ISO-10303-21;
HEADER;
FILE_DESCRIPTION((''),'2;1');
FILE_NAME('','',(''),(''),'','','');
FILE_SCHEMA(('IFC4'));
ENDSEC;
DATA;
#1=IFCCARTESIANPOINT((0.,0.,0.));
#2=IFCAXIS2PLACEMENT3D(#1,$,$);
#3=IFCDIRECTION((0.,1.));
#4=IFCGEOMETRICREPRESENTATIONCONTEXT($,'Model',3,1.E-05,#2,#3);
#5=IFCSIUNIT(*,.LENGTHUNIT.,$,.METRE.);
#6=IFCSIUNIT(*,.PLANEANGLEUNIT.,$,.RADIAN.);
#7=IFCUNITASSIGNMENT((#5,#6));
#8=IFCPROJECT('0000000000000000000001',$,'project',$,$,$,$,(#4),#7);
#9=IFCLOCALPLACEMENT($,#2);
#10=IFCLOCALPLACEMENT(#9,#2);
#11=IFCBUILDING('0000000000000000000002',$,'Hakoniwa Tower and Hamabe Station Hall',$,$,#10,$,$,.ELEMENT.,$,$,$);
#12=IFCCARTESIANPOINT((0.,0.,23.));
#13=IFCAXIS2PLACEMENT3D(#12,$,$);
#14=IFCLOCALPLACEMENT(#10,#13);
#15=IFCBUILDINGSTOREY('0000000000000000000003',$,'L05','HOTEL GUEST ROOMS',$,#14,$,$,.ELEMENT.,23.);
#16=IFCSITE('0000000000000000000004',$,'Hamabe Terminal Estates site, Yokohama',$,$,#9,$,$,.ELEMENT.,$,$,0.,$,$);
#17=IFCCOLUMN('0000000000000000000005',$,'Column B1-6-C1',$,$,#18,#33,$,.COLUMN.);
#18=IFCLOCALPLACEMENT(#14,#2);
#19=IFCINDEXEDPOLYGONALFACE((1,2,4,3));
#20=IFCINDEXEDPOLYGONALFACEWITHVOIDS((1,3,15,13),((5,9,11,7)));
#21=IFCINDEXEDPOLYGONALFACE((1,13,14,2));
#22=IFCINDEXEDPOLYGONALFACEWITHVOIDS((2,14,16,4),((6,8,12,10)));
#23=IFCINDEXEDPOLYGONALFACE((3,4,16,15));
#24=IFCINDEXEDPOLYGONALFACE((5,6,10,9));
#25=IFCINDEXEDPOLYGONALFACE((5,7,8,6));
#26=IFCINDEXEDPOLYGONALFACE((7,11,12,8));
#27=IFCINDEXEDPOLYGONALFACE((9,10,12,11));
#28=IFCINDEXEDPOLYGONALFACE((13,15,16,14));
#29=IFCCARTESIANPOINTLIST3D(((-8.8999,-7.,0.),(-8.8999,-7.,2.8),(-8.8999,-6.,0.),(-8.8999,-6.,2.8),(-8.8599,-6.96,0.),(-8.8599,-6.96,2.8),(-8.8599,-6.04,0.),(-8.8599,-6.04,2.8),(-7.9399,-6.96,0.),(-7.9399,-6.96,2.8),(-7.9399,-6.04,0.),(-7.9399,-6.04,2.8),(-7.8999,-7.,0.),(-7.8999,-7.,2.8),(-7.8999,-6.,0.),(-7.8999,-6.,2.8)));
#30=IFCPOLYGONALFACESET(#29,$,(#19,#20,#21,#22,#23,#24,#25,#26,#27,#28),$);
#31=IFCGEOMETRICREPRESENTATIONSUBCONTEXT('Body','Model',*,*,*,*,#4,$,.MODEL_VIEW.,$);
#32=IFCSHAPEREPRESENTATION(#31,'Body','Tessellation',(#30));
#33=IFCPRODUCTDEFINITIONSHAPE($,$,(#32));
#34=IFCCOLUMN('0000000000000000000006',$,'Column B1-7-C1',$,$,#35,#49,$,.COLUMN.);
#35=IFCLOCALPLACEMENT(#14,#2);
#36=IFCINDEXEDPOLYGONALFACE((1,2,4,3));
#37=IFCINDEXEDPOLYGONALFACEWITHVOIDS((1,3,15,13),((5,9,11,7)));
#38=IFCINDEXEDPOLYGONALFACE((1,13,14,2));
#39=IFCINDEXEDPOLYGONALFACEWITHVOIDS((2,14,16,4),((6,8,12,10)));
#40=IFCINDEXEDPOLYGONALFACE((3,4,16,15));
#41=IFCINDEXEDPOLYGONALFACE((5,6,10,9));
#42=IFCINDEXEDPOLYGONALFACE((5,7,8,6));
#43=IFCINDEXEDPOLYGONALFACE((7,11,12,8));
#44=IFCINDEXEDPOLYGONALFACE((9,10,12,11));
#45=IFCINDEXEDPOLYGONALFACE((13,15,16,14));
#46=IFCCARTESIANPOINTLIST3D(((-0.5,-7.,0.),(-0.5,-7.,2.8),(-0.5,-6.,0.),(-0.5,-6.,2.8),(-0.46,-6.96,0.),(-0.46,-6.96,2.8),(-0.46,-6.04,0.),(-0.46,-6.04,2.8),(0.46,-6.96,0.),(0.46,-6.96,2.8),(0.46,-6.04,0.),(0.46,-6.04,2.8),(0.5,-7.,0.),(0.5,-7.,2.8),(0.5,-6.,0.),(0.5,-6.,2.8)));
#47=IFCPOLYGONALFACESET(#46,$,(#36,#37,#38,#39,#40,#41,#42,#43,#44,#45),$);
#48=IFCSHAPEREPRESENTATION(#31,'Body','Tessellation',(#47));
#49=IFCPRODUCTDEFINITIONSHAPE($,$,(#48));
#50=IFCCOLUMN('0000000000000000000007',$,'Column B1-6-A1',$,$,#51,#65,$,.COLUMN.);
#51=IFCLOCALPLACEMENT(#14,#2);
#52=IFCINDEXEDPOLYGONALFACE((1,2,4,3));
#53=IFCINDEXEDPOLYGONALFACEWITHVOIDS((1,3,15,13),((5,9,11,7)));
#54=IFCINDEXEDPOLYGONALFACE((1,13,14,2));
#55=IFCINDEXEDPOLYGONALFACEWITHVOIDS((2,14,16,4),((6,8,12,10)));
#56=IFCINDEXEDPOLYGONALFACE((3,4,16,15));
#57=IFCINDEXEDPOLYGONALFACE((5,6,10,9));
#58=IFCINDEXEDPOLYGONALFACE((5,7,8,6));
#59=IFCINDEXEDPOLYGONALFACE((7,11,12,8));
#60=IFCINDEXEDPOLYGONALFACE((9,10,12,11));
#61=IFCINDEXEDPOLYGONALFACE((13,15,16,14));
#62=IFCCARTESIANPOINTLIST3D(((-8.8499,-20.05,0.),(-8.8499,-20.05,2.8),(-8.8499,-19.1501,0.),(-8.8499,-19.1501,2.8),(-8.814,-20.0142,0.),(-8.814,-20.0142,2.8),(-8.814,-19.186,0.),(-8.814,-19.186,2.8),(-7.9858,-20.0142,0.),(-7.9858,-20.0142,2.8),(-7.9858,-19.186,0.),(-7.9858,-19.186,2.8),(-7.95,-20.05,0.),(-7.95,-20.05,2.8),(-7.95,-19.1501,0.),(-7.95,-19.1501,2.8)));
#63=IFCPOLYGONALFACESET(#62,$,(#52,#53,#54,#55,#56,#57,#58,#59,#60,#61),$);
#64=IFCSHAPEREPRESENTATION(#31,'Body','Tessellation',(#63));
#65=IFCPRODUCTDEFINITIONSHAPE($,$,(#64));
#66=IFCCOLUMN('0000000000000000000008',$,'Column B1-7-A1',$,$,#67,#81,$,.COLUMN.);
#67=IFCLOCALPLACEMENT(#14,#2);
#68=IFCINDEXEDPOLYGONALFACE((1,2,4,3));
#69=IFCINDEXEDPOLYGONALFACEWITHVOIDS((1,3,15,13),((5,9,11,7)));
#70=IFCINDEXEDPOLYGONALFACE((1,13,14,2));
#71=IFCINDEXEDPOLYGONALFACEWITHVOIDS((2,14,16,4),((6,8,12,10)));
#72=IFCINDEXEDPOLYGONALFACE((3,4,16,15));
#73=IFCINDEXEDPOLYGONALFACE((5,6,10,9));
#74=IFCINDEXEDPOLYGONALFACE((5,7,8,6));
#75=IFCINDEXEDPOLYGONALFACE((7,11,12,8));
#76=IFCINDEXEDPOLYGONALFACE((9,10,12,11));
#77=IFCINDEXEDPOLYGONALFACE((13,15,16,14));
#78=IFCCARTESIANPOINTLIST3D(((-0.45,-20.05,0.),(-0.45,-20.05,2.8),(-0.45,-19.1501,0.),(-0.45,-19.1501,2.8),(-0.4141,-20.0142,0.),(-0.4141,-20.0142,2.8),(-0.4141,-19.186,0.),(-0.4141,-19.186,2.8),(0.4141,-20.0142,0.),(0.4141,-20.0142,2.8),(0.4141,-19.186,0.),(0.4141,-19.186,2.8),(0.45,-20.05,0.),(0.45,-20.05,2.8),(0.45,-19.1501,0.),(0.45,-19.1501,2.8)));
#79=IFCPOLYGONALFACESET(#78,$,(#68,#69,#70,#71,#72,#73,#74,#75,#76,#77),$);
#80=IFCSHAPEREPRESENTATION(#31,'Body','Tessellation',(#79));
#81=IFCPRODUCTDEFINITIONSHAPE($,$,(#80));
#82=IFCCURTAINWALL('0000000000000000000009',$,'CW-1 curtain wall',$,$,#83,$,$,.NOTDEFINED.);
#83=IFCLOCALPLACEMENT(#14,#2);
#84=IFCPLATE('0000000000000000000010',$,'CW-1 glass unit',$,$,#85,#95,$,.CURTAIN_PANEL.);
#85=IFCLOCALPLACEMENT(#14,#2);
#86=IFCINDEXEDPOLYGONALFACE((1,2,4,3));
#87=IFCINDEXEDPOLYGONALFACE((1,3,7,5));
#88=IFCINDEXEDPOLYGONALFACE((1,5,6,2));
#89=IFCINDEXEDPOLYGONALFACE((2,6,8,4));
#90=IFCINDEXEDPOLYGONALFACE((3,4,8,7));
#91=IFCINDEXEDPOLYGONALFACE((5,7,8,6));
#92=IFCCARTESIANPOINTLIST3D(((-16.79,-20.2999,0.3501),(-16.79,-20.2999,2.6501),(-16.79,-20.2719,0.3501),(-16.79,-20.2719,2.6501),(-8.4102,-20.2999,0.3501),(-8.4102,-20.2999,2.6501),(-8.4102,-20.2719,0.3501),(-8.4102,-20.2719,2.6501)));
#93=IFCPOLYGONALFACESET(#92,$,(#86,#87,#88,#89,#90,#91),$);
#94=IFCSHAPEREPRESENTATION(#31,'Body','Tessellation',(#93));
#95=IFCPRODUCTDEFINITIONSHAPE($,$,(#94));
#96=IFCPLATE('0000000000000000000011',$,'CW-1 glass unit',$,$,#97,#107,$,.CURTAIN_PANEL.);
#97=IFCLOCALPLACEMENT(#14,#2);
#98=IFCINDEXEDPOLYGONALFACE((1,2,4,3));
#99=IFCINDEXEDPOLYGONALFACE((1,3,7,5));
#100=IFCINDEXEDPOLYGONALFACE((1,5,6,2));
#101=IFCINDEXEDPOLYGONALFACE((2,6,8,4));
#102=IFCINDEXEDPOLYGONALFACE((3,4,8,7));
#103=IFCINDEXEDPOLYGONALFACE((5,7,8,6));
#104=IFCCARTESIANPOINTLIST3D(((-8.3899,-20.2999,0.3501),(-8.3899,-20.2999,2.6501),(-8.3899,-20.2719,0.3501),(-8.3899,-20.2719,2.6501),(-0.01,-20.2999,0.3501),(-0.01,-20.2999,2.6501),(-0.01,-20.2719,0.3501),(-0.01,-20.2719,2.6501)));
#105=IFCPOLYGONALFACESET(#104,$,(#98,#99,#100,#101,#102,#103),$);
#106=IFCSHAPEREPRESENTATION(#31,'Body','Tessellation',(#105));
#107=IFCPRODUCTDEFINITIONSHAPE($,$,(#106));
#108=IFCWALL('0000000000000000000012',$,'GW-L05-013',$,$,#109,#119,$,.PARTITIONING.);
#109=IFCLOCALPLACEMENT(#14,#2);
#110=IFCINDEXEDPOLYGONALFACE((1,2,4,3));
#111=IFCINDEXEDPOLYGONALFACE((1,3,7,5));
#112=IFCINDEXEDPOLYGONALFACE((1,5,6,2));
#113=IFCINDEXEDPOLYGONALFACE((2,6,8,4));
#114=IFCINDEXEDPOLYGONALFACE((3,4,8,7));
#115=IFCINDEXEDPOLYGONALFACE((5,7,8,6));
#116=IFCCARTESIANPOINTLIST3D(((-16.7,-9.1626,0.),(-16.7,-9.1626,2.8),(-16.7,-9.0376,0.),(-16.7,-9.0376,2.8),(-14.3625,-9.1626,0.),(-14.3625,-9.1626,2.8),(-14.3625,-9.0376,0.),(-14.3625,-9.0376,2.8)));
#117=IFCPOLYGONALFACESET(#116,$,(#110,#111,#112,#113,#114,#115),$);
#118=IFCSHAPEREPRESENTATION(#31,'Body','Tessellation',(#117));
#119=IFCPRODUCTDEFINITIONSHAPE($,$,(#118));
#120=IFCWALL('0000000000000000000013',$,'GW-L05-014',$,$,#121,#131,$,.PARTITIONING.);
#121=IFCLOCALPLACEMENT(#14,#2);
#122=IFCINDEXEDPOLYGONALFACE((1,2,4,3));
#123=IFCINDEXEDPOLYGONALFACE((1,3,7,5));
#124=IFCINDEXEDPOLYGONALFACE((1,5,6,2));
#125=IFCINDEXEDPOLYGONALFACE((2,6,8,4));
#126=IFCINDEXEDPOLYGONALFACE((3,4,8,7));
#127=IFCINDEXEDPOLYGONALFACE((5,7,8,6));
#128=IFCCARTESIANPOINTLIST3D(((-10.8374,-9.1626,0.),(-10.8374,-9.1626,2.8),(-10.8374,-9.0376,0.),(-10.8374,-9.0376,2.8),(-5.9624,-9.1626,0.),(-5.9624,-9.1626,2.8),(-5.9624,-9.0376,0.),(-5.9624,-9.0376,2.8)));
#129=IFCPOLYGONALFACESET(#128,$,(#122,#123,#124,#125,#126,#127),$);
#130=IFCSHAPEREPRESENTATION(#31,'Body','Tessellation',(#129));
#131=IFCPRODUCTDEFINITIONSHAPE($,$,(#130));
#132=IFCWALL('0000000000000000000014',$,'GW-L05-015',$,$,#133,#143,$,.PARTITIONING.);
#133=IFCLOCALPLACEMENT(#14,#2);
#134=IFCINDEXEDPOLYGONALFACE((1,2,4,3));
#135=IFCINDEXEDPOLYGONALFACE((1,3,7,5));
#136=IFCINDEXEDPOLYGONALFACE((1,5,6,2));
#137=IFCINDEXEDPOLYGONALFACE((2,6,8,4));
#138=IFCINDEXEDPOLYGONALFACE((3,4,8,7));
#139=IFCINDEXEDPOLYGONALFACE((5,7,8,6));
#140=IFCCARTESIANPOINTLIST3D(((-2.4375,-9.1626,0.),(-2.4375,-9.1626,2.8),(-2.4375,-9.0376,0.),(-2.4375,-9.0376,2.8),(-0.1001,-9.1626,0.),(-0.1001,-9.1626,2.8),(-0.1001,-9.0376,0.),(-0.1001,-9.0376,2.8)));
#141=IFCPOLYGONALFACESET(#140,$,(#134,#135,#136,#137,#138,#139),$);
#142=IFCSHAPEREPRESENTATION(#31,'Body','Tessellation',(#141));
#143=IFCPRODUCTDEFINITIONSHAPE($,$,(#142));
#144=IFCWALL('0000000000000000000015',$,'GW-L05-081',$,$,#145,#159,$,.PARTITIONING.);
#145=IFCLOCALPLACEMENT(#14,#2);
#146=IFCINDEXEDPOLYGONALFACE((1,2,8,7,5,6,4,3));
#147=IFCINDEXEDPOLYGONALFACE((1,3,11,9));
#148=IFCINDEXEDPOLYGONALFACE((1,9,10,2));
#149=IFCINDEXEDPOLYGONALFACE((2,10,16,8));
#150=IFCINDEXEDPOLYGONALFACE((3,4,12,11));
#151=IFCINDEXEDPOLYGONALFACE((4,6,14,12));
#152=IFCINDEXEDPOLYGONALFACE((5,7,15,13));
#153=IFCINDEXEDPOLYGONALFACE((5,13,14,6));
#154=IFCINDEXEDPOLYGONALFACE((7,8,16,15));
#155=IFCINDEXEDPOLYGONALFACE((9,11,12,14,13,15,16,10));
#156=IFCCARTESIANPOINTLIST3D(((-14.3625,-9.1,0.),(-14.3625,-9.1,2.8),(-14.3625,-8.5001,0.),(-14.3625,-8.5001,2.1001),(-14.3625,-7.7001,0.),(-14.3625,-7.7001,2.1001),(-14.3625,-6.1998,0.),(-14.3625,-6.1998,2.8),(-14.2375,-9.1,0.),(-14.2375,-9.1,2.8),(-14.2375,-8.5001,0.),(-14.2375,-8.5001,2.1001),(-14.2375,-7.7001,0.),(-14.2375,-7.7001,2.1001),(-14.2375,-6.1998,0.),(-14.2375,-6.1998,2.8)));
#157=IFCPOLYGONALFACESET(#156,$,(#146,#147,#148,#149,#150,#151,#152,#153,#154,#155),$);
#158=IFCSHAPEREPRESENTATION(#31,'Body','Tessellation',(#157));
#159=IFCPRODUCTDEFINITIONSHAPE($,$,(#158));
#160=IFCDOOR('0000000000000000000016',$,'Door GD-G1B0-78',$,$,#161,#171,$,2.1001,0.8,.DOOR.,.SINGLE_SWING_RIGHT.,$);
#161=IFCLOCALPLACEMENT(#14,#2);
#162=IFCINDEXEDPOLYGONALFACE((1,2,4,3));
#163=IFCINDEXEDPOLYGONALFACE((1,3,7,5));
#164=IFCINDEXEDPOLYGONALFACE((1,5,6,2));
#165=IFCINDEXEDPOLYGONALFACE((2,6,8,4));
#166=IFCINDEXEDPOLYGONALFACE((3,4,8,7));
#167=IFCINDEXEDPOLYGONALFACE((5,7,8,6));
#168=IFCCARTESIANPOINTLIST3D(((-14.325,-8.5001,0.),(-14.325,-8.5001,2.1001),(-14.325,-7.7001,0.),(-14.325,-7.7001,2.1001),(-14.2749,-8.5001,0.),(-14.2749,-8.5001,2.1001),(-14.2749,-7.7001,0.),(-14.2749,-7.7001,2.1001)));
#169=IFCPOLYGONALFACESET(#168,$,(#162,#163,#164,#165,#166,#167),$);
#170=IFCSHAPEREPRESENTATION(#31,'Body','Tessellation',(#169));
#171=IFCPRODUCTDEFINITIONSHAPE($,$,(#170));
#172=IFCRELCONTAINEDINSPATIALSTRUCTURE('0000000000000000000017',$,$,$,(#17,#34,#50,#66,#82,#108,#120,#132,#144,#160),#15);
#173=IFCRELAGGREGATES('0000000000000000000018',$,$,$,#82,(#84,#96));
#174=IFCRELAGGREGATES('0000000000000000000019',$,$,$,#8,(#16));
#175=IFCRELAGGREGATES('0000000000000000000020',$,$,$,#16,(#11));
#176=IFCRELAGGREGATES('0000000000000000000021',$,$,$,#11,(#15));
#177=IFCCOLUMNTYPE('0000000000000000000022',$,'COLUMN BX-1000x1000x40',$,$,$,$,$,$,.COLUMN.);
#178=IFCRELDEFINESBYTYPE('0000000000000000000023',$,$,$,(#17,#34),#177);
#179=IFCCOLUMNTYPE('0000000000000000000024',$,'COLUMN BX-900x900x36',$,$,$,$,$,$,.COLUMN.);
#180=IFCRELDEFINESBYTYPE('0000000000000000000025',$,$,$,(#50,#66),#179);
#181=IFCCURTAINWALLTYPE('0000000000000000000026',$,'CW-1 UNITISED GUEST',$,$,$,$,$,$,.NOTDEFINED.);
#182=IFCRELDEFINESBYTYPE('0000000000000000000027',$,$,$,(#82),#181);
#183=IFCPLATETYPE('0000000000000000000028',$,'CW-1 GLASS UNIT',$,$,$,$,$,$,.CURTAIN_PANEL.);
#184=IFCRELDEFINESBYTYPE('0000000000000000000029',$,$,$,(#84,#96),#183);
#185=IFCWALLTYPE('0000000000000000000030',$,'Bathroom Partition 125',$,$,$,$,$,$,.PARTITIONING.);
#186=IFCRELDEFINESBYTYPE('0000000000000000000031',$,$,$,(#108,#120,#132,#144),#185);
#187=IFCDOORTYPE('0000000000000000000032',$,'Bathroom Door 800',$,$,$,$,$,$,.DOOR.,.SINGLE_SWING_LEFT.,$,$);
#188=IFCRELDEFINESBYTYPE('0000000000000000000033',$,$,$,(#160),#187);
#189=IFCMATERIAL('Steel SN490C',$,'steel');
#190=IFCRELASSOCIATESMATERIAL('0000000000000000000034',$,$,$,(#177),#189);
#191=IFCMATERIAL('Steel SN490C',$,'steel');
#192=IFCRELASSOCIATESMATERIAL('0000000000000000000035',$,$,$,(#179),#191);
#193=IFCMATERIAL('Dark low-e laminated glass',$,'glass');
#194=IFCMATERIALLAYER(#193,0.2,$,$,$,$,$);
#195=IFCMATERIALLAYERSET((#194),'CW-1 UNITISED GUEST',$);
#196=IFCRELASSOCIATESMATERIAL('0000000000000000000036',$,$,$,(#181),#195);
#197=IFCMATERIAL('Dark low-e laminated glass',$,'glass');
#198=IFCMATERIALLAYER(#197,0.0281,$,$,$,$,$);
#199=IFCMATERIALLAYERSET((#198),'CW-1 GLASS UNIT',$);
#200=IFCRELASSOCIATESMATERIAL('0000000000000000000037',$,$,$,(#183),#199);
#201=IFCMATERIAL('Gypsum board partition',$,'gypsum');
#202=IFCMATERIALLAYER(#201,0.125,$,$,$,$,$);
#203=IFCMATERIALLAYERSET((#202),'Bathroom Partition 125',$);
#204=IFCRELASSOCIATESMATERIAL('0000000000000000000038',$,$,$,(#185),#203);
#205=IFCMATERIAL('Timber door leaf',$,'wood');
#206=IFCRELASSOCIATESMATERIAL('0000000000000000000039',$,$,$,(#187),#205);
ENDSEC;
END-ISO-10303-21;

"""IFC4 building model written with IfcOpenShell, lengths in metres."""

from ifc_helpers import new_model, si_unit, direction, frame, frame_2d, origin, origin_2d, place, context, subcontext, project, spatial, rectangle, hollow_rectangle, extrude, material, layer, layer_set, material_profile, profile_set, type_object, element, fill, aggregate, save


model = new_model("IFC4")

# Units and contexts
model_context = context("Model", 3, precision=1e-05, world=origin(), true_north=direction((0.0, 1.0)))
body_context = subcontext(model_context, "Body", "Model", "MODEL_VIEW")
ifc_project = project(units=[si_unit("LENGTHUNIT", "METRE"), si_unit("PLANEANGLEUNIT", "RADIAN")], contexts=[model_context])

# Site, building, storey
site_placement = place(None, origin())
site = spatial("IfcSite", under=ifc_project, at=site_placement, Name="Hamabe Terminal Estates site, Yokohama", CompositionType="ELEMENT", RefElevation=0.0)
building_placement = place(site_placement, origin())
building = spatial("IfcBuilding", under=site, at=building_placement, Name="Hakoniwa Tower and Hamabe Station Hall", CompositionType="ELEMENT")
storey_placement = place(building_placement, frame((0.0, 0.0, 23.0)))
storey = spatial("IfcBuildingStorey", under=building, at=storey_placement, Name="L05", Description="HOTEL GUEST ROOMS", CompositionType="ELEMENT", Elevation=23.0)

# Columns
ifc_material_1 = material(Name="Steel SN490C", Category="steel")
ifc_material_profile_1 = material_profile(ifc_material_1, hollow_rectangle(XDim=1.0, YDim=1.0, WallThickness=0.04, at=origin_2d()), Name="BX-1000x1000x40")
ifc_profile_set_1 = profile_set([ifc_material_profile_1], Name="Steel SN490C")
column_type_1 = type_object("IfcColumnType", Name="COLUMN BX-1000x1000x40", PredefinedType="COLUMN", material=ifc_profile_set_1)
for number, where, z_axis, x_axis, name in (
    (1, (-8.3999, -6.5, 0.0), (0.0, 0.0, 1.0), (1.0, 0.0, 0.0), "Column B1-6-C1"),
    (2, (0.0, -6.5, 0.0), (0.0, 0.0, 1.0), (1.0, 0.0, 0.0), "Column B1-7-C1"),
):
    element("IfcColumn", number, at=place(storey_placement, frame(where, z_axis=z_axis, x_axis=x_axis)), inside=storey, type_object=column_type_1, Name=name, PredefinedType="COLUMN", context=body_context, shape_type="SweptSolid", body=[
        extrude(hollow_rectangle(XDim=1.0, YDim=1.0, WallThickness=0.04, at=origin_2d()), origin(), (0.0, 0.0, 1.0), 2.8),
    ])
ifc_material_2 = material(Name="Steel SN490C", Category="steel")
ifc_material_profile_2 = material_profile(ifc_material_2, hollow_rectangle(XDim=0.8999, YDim=0.8999, WallThickness=0.0359, at=origin_2d()), Name="BX-900x900x36")
ifc_profile_set_2 = profile_set([ifc_material_profile_2], Name="Steel SN490C")
column_type_2 = type_object("IfcColumnType", Name="COLUMN BX-900x900x36", PredefinedType="COLUMN", material=ifc_profile_set_2)
for number, where, z_axis, x_axis, name in (
    (3, (-8.3999, -19.6001, 0.0), (0.0, 0.0, 1.0), (1.0, 0.0, 0.0), "Column B1-6-A1"),
    (4, (0.0, -19.6001, 0.0), (0.0, 0.0, 1.0), (1.0, 0.0, 0.0), "Column B1-7-A1"),
):
    element("IfcColumn", number, at=place(storey_placement, frame(where, z_axis=z_axis, x_axis=x_axis)), inside=storey, type_object=column_type_2, Name=name, PredefinedType="COLUMN", context=body_context, shape_type="SweptSolid", body=[
        extrude(hollow_rectangle(XDim=0.8999, YDim=0.8999, WallThickness=0.0359, at=origin_2d()), origin(), (0.0, 0.0, 1.0), 2.8),
    ])

# Curtain wall, plates
ifc_material_3 = material(Name="Dark low-e laminated glass", Category="glass")
ifc_layer_1 = layer(ifc_material_3, 0.2)
ifc_layer_set_1 = layer_set([ifc_layer_1], Name="CW-1 UNITISED GUEST")
curtain_wall_type = type_object("IfcCurtainWallType", Name="CW-1 UNITISED GUEST", PredefinedType="NOTDEFINED", material=ifc_layer_set_1)
curtain_wall_placement = place(storey_placement, origin())
curtain_wall = element("IfcCurtainWall", 5, at=curtain_wall_placement, inside=storey, type_object=curtain_wall_type, Name="CW-1 curtain wall", PredefinedType="NOTDEFINED")
ifc_material_4 = material(Name="Dark low-e laminated glass", Category="glass")
ifc_layer_2 = layer(ifc_material_4, 0.0281)
ifc_layer_set_2 = layer_set([ifc_layer_2], Name="CW-1 GLASS UNIT")
plate_type = type_object("IfcPlateType", Name="CW-1 GLASS UNIT", PredefinedType="CURTAIN_PANEL", material=ifc_layer_set_2)
plate_1_placement = place(storey_placement, frame((-12.6001, -20.2859, 0.3501), z_axis=(0.0, 0.0, 1.0), x_axis=(1.0, 0.0, 0.0)))
plate_1 = element("IfcPlate", 6, at=plate_1_placement, type_object=plate_type, Name="CW-1 glass unit", PredefinedType="CURTAIN_PANEL", context=body_context, shape_type="SweptSolid", body=[
    extrude(rectangle(XDim=8.3799, YDim=0.0281, at=origin_2d()), origin(), (0.0, 0.0, 1.0), 2.3),
])
plate_2_placement = place(storey_placement, frame((-4.2, -20.2859, 0.3501), z_axis=(0.0, 0.0, 1.0), x_axis=(1.0, 0.0, 0.0)))
plate_2 = element("IfcPlate", 7, at=plate_2_placement, type_object=plate_type, Name="CW-1 glass unit", PredefinedType="CURTAIN_PANEL", context=body_context, shape_type="SweptSolid", body=[
    extrude(rectangle(XDim=8.3799, YDim=0.0281, at=origin_2d()), origin(), (0.0, 0.0, 1.0), 2.3),
])
aggregate(curtain_wall, [plate_1, plate_2])

# Walls
ifc_material_5 = material(Name="Gypsum board partition", Category="gypsum")
ifc_layer_3 = layer(ifc_material_5, 0.125)
ifc_layer_set_3 = layer_set([ifc_layer_3], Name="Bathroom Partition 125")
wall_type_1 = type_object("IfcWallType", Name="Bathroom Partition 125", PredefinedType="PARTITIONING", material=ifc_layer_set_3)
wall_1_placement = place(storey_placement, frame((-16.7, -9.1001, 0.0), z_axis=(0.0, 0.0, 1.0), x_axis=(1.0, 0.0, 0.0)))
element("IfcWall", 8, at=wall_1_placement, inside=storey, type_object=wall_type_1, Name="GW-L05-013", PredefinedType="PARTITIONING", context=body_context, shape_type="SweptSolid", body=[
    extrude(rectangle(XDim=2.3374, YDim=0.125, at=frame_2d((1.1687, 0.0))), origin(), (0.0, 0.0, 1.0), 2.8),
])
wall_2_placement = place(storey_placement, frame((-10.8374, -9.1001, 0.0), z_axis=(0.0, 0.0, 1.0), x_axis=(1.0, 0.0, 0.0)))
element("IfcWall", 9, at=wall_2_placement, inside=storey, type_object=wall_type_1, Name="GW-L05-014", PredefinedType="PARTITIONING", context=body_context, shape_type="SweptSolid", body=[
    extrude(rectangle(XDim=4.875, YDim=0.125, at=frame_2d((2.4375, 0.0))), origin(), (0.0, 0.0, 1.0), 2.8),
])
wall_3_placement = place(storey_placement, frame((-2.4375, -9.1001, 0.0), z_axis=(0.0, 0.0, 1.0), x_axis=(1.0, 0.0, 0.0)))
element("IfcWall", 10, at=wall_3_placement, inside=storey, type_object=wall_type_1, Name="GW-L05-015", PredefinedType="PARTITIONING", context=body_context, shape_type="SweptSolid", body=[
    extrude(rectangle(XDim=2.3374, YDim=0.125, at=frame_2d((1.1687, 0.0))), origin(), (0.0, 0.0, 1.0), 2.8),
])

# Wall, opening, door
wall_4_placement = place(storey_placement, frame((-14.3, -9.1001, 0.0), z_axis=(0.0, 0.0, 1.0), x_axis=(0.0, 1.0, 0.0)))
wall_4 = element("IfcWall", 11, at=wall_4_placement, inside=storey, type_object=wall_type_1, Name="GW-L05-081", PredefinedType="PARTITIONING", context=body_context, shape_type="SweptSolid", body=[
    extrude(rectangle(XDim=2.9001, YDim=0.125, at=frame_2d((1.4502, 0.0))), origin(), (0.0, 0.0, 1.0), 2.8),
])
opening_1_placement = place(wall_4_placement, frame((0.6001, 0.0, 0.0)))
opening_1 = element("IfcOpeningElement", 12, at=opening_1_placement, cuts=wall_4, PredefinedType="OPENING", context=body_context, shape_type="SweptSolid", body=[
    extrude(rectangle(XDim=0.8, YDim=2.1001, at=frame_2d((0.3999, 1.05))), frame((0.0, 0.0725, 0.0), z_axis=(0.0, -1.0, 0.0), x_axis=(1.0, 0.0, 0.0)), (0.0, 0.0, 1.0), 0.145),
])
ifc_material_6 = material(Name="Timber door leaf", Category="wood")
door_type_1 = type_object("IfcDoorType", Name="Bathroom Door 800", OperationType="SINGLE_SWING_LEFT", PredefinedType="DOOR", material=ifc_material_6)
door_1_placement = place(opening_1_placement, origin())
door_1 = element("IfcDoor", 13, at=door_1_placement, inside=storey, type_object=door_type_1, Name="Door GD-G1B0-78", OperationType="SINGLE_SWING_RIGHT", OverallHeight=2.1001, OverallWidth=0.8, PredefinedType="DOOR", context=body_context, shape_type="SweptSolid", body=[
    extrude(rectangle(XDim=0.8, YDim=2.1001, at=frame_2d((0.3999, 1.05))), frame((0.0, 0.0249, 0.0), z_axis=(0.0, -1.0, 0.0), x_axis=(1.0, 0.0, 0.0)), (0.0, 0.0, 1.0), 0.05),
])
fill(opening_1, door_1)

save(model, "model.ifc")
